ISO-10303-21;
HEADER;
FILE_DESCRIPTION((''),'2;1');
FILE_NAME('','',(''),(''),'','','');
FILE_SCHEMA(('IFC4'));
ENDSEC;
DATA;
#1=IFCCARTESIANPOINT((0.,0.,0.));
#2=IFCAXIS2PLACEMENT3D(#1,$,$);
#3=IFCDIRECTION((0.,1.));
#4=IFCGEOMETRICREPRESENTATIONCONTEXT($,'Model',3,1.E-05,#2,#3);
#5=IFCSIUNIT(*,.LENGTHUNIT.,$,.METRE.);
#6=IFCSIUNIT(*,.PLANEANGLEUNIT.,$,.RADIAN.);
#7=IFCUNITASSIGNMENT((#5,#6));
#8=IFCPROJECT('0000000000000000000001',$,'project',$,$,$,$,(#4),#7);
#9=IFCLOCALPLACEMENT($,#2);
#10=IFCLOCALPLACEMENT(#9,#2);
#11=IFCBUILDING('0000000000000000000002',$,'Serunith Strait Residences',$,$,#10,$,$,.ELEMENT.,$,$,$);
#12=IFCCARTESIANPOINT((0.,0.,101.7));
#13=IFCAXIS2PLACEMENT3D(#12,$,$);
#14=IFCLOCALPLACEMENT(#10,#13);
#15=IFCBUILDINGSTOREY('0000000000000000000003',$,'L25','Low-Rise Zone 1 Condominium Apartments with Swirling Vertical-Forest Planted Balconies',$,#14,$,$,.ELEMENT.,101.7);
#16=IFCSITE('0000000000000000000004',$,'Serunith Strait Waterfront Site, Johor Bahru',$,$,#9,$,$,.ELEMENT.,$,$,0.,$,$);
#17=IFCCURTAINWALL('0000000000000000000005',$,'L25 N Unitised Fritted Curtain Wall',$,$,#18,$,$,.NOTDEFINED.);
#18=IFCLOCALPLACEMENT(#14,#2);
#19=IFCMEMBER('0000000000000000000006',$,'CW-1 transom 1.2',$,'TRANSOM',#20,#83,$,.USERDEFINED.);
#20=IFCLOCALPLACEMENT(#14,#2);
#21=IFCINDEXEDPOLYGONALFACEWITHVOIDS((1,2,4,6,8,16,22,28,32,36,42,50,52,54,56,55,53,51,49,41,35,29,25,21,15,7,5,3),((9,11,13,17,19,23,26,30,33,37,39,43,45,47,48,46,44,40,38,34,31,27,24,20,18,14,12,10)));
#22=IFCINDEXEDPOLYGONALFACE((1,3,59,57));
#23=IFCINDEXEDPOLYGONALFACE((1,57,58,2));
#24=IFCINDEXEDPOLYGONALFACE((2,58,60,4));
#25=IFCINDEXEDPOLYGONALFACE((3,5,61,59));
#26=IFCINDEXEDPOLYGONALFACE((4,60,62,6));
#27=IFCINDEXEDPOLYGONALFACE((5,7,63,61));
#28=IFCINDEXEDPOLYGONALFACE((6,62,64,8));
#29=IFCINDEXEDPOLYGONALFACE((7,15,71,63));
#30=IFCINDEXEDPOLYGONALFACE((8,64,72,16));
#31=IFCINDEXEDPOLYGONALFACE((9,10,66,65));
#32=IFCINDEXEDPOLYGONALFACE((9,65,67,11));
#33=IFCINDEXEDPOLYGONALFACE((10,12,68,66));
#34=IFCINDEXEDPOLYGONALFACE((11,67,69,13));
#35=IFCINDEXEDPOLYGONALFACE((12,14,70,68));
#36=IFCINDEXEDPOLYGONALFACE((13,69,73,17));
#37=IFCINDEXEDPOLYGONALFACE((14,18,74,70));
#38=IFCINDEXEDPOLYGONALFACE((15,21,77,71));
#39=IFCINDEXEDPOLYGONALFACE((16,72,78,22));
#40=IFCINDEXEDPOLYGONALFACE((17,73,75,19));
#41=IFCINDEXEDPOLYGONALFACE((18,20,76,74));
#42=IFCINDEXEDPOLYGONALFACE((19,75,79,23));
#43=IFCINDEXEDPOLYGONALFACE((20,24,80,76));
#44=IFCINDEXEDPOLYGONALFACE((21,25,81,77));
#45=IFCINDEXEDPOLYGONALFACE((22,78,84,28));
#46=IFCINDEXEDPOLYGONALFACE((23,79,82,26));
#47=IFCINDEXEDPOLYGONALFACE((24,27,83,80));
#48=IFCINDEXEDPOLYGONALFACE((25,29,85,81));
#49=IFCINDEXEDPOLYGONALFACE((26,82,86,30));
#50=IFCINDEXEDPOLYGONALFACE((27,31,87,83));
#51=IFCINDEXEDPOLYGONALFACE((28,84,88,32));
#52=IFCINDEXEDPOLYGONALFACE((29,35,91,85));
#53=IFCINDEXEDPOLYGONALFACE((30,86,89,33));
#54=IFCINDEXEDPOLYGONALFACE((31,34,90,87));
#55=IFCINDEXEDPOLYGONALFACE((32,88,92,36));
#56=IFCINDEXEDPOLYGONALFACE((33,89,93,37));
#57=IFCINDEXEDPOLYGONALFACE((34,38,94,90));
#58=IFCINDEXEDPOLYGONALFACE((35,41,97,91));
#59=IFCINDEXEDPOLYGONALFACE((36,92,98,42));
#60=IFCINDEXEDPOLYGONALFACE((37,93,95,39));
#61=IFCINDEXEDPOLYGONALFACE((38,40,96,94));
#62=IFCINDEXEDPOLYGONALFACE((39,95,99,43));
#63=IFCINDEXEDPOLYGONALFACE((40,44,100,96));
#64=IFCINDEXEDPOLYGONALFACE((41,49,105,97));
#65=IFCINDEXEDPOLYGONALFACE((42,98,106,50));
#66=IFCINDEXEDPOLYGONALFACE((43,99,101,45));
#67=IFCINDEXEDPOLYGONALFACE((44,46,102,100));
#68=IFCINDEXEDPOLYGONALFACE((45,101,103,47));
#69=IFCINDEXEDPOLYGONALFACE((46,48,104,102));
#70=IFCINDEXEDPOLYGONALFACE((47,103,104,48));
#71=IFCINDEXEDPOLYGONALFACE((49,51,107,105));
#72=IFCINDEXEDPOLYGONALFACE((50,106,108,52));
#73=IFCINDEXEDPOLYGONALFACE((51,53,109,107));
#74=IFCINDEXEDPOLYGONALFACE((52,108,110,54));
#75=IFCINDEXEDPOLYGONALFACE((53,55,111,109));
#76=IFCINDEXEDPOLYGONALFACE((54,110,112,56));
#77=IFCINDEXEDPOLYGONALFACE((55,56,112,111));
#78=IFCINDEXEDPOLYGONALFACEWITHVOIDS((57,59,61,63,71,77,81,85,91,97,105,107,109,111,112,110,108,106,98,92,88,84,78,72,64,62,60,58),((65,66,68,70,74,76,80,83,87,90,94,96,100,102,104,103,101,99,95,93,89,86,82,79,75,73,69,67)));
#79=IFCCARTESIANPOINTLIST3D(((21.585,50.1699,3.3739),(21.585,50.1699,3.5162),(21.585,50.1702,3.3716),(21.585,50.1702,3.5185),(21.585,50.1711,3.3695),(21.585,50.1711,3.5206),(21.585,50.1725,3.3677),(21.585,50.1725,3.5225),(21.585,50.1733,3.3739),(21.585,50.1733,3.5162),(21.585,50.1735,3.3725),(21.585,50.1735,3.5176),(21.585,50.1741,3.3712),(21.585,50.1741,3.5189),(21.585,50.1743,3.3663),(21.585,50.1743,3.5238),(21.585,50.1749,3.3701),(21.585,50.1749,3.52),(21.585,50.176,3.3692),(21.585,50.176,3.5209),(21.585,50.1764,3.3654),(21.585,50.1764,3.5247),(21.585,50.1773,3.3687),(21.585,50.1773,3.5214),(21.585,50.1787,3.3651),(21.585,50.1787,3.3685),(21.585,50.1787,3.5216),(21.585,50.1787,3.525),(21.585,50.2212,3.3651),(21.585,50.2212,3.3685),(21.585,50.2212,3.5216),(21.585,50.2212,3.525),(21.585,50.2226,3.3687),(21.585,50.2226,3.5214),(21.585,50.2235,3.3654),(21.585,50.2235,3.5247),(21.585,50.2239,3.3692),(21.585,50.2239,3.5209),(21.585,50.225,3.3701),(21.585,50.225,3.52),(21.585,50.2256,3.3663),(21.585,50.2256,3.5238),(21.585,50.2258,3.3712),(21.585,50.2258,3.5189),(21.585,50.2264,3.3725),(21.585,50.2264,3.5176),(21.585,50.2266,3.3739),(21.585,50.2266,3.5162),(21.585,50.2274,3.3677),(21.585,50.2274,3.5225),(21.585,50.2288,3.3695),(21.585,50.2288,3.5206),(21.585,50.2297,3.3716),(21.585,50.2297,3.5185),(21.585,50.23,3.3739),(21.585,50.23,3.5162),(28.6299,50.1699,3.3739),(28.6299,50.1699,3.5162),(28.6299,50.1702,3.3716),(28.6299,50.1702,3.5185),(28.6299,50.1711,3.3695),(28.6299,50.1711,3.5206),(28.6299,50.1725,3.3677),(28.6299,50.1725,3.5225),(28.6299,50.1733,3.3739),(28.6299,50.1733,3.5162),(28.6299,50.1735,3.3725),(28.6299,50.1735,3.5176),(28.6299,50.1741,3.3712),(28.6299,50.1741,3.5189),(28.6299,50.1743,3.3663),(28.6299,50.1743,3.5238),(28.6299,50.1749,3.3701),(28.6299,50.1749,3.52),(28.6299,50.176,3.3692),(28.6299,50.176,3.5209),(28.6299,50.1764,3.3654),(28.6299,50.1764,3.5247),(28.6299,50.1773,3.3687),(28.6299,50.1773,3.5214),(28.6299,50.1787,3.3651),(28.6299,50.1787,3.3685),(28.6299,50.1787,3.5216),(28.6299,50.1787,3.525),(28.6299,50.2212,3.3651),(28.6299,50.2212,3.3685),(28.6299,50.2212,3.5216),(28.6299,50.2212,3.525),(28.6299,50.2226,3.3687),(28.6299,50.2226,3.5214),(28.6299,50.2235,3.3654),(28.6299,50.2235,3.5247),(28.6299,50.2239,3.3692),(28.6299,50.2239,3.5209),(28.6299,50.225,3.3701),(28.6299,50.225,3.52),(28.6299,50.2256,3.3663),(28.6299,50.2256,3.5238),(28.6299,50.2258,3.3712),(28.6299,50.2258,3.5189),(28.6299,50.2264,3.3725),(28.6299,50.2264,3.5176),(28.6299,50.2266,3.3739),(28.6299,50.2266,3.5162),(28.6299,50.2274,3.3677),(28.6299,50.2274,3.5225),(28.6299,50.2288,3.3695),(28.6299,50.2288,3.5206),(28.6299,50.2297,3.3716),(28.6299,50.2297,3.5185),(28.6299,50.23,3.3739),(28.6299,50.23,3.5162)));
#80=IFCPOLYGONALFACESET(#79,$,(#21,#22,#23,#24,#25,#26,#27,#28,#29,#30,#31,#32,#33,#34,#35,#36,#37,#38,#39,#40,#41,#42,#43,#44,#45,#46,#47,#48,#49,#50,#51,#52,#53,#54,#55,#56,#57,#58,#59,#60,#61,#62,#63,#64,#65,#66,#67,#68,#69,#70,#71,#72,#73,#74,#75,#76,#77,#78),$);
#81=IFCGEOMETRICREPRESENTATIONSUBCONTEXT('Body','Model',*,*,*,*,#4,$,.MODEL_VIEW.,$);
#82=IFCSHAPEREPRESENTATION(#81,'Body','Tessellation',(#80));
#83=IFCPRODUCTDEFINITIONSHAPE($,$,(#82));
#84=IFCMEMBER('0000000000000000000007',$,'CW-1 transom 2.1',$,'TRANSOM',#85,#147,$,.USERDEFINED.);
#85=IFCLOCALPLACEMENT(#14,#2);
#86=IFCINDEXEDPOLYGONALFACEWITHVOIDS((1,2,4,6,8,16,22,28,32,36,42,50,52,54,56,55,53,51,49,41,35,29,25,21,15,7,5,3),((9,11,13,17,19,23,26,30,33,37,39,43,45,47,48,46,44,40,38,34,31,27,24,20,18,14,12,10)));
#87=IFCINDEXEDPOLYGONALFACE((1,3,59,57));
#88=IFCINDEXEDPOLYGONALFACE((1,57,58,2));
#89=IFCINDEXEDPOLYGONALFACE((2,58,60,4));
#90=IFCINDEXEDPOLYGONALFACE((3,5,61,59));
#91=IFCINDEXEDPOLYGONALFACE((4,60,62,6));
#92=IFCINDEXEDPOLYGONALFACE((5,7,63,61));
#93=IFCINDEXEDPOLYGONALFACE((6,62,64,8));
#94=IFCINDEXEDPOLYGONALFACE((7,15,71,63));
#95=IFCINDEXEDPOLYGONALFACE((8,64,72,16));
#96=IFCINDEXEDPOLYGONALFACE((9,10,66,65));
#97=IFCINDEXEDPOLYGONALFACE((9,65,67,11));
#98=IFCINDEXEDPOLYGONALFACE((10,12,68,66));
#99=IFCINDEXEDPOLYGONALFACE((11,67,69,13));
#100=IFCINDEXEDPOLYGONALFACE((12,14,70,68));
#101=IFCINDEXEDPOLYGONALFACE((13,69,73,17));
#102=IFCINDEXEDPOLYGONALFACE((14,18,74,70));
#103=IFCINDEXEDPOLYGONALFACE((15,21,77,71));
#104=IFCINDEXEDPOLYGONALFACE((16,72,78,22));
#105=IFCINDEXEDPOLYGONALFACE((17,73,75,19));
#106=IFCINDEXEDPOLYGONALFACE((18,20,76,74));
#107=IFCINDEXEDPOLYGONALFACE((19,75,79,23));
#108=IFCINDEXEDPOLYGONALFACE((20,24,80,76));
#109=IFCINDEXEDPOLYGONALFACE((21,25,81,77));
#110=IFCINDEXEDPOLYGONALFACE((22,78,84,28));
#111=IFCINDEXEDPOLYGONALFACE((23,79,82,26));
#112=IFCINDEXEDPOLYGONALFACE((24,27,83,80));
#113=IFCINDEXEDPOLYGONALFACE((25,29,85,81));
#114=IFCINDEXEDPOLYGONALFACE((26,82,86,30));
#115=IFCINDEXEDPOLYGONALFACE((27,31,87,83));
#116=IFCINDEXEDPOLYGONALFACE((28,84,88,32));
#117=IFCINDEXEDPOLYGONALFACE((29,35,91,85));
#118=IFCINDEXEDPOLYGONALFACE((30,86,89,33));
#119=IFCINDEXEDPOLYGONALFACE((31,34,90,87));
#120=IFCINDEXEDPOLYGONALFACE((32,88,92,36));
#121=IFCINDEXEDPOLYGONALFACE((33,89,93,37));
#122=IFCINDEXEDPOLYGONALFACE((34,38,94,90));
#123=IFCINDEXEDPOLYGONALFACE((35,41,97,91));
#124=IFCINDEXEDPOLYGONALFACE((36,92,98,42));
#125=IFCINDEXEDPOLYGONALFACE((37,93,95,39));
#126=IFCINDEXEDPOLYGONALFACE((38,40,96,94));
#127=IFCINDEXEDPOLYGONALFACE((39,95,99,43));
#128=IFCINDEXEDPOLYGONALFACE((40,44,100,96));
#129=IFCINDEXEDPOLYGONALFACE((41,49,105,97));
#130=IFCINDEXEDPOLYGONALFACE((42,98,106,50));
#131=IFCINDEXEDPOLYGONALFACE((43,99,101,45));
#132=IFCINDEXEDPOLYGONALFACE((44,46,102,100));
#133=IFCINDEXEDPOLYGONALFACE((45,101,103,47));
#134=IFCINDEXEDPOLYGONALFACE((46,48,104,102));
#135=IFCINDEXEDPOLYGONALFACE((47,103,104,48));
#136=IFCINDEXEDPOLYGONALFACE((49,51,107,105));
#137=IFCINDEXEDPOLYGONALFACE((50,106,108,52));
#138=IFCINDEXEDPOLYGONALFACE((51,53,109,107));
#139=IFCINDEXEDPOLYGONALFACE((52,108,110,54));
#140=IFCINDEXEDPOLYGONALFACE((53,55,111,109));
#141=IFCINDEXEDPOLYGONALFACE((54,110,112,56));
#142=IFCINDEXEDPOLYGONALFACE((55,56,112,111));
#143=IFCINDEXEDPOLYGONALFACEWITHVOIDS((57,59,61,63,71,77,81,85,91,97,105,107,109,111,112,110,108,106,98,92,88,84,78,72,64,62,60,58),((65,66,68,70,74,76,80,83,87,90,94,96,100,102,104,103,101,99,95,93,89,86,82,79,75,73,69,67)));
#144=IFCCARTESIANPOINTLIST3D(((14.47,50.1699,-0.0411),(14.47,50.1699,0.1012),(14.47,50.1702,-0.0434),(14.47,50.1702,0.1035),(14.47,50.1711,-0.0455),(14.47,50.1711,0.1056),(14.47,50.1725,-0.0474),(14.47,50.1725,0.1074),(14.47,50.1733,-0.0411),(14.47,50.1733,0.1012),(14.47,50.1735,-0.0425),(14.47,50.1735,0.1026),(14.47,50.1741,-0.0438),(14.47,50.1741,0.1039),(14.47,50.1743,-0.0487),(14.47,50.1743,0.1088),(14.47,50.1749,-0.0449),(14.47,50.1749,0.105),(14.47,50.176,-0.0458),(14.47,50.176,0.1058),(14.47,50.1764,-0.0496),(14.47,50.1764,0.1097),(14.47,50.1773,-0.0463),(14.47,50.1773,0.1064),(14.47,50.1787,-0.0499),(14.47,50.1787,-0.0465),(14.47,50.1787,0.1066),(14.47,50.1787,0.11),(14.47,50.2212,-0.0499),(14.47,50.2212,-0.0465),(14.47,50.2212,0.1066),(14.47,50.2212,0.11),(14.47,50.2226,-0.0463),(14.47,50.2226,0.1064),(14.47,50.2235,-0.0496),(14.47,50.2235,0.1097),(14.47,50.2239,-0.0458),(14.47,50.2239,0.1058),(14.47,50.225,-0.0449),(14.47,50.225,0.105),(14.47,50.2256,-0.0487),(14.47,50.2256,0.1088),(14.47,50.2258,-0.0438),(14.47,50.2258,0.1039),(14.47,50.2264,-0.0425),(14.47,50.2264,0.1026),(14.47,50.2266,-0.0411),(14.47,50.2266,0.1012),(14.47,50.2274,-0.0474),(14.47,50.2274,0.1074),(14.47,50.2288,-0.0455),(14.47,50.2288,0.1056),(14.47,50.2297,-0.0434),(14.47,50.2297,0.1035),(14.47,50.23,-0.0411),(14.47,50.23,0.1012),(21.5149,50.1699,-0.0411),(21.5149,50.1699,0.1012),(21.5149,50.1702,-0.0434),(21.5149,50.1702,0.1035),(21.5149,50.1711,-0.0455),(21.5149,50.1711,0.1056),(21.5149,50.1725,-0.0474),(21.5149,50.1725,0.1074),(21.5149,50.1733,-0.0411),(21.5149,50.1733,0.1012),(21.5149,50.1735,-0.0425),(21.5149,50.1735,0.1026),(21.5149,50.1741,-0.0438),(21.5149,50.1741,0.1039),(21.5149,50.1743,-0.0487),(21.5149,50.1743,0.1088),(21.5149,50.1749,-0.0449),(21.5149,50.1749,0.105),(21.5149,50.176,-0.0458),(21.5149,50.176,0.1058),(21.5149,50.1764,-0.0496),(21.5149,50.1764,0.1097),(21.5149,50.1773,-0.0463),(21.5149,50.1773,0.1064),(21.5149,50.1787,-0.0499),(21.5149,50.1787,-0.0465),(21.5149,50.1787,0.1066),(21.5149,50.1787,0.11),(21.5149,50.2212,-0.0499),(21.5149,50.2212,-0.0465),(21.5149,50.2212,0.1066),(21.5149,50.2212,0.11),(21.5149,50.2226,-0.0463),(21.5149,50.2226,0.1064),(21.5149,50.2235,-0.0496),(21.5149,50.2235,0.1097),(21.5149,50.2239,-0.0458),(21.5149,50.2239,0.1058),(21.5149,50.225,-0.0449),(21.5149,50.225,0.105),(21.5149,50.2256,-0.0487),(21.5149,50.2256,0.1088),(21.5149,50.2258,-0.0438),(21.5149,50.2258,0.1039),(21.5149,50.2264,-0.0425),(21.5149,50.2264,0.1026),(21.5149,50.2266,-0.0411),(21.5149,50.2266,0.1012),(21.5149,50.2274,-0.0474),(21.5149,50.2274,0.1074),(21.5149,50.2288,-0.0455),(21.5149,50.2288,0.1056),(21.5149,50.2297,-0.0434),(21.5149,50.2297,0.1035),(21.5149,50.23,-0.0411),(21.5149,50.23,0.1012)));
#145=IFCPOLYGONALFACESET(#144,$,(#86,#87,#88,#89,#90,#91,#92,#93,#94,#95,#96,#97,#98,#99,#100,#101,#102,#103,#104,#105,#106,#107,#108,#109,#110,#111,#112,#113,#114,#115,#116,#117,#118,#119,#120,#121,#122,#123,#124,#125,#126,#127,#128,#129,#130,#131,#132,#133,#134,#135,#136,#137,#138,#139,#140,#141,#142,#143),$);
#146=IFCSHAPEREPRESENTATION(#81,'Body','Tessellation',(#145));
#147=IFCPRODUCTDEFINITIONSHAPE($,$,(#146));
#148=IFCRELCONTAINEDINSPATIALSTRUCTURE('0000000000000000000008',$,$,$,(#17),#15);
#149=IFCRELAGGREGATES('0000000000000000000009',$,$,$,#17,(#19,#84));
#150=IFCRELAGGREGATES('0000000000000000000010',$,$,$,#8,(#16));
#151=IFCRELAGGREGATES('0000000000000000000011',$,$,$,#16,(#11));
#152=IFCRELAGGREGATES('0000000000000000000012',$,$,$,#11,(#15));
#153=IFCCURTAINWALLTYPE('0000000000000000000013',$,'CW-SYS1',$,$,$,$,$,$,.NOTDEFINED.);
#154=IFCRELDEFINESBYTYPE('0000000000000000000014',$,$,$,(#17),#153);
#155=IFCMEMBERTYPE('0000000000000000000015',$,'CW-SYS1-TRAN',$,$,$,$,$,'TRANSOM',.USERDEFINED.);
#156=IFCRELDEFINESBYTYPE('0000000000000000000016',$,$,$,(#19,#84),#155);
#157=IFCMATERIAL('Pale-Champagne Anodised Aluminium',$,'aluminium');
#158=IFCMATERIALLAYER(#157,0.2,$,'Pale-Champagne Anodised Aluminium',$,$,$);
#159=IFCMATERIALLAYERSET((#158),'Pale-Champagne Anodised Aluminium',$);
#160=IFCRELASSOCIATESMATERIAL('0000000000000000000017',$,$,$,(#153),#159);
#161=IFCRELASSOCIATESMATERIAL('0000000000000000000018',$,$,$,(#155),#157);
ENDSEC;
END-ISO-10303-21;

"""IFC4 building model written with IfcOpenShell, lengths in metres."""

from ifc_helpers import new_model, si_unit, direction, frame, origin, origin_2d, place, context, subcontext, project, spatial, hollow_rectangle, extrude, source, transform, mapped, material, layer, layer_set, material_profile, profile_set, type_object, element, aggregate, save


model = new_model("IFC4")

# Units and contexts
model_context = context("Model", 3, precision=1e-05, world=origin(), true_north=direction((0.0, 1.0)))
body_context = subcontext(model_context, "Body", "Model", "MODEL_VIEW")
ifc_project = project(units=[si_unit("LENGTHUNIT", "METRE"), si_unit("PLANEANGLEUNIT", "RADIAN")], contexts=[model_context])

# Site, building, storey
site_placement = place(None, origin())
site = spatial("IfcSite", under=ifc_project, at=site_placement, Name="Serunith Strait Waterfront Site, Johor Bahru", CompositionType="ELEMENT", RefElevation=0.0)
building_placement = place(site_placement, origin())
building = spatial("IfcBuilding", under=site, at=building_placement, Name="Serunith Strait Residences", CompositionType="ELEMENT")
storey_placement = place(building_placement, frame((0.0, 0.0, 101.7)))
storey = spatial("IfcBuildingStorey", under=building, at=storey_placement, Name="L25", Description="Low-Rise Zone 1 Condominium Apartments with Swirling Vertical-Forest Planted Balconies", CompositionType="ELEMENT", Elevation=101.7)

# Curtain wall, members
ifc_material_1 = material(Name="Pale-Champagne Anodised Aluminium", Category="aluminium")
ifc_layer_1 = layer(ifc_material_1, 0.2, Name="Pale-Champagne Anodised Aluminium")
ifc_layer_set_1 = layer_set([ifc_layer_1], Name="Pale-Champagne Anodised Aluminium")
curtain_wall_type = type_object("IfcCurtainWallType", Name="CW-SYS1", PredefinedType="NOTDEFINED", material=ifc_layer_set_1)
curtain_wall_placement = place(storey_placement, origin())
curtain_wall = element("IfcCurtainWall", 1, at=curtain_wall_placement, inside=storey, type_object=curtain_wall_type, Name="L25 N Unitised Fritted Curtain Wall", PredefinedType="NOTDEFINED")
ifc_material_profile_1 = material_profile(ifc_material_1, hollow_rectangle(XDim=0.0601, YDim=0.1599, WallThickness=0.0034, InnerFilletRadius=0.0054, OuterFilletRadius=0.0088, at=origin_2d()), Name="ALU 160x60x3.5")
ifc_profile_set_1 = profile_set([ifc_material_profile_1], Name="Pale-Champagne Anodised Aluminium")
member_type_1 = type_object("IfcMemberType", Name="CW-SYS1-TRAN", ElementType="TRANSOM", PredefinedType="USERDEFINED", material=ifc_profile_set_1)
shared_shape_1 = source(origin(), body_context, "Body", "SweptSolid", [
    extrude(hollow_rectangle(XDim=0.0601, YDim=0.1599, WallThickness=0.0034, InnerFilletRadius=0.0054, OuterFilletRadius=0.0088, at=origin_2d()), origin(), (0.0, 0.0, 1.0), 7.0449),
])
member_1_placement = place(storey_placement, frame((28.6299, 50.2, 3.4451), z_axis=(-1.0, 0.0, 0.0), x_axis=(0.0, -1.0, 0.0)))
member_1 = element("IfcMember", 2, at=member_1_placement, type_object=member_type_1, Name="CW-1 transom 1.2", ObjectType="TRANSOM", PredefinedType="USERDEFINED", context=body_context, shape_type="MappedRepresentation", body=[
    mapped(shared_shape_1, transform((0.0, 0.0, 0.0), scale=1.0)),
])
member_2_placement = place(storey_placement, frame((21.5149, 50.2, 0.03), z_axis=(-1.0, 0.0, 0.0), x_axis=(0.0, -1.0, 0.0)))
member_2 = element("IfcMember", 3, at=member_2_placement, type_object=member_type_1, Name="CW-1 transom 2.1", ObjectType="TRANSOM", PredefinedType="USERDEFINED", context=body_context, shape_type="MappedRepresentation", body=[
    mapped(shared_shape_1, transform((0.0, 0.0, 0.0), scale=1.0)),
])
aggregate(curtain_wall, [member_1, member_2])

save(model, "model.ifc")
